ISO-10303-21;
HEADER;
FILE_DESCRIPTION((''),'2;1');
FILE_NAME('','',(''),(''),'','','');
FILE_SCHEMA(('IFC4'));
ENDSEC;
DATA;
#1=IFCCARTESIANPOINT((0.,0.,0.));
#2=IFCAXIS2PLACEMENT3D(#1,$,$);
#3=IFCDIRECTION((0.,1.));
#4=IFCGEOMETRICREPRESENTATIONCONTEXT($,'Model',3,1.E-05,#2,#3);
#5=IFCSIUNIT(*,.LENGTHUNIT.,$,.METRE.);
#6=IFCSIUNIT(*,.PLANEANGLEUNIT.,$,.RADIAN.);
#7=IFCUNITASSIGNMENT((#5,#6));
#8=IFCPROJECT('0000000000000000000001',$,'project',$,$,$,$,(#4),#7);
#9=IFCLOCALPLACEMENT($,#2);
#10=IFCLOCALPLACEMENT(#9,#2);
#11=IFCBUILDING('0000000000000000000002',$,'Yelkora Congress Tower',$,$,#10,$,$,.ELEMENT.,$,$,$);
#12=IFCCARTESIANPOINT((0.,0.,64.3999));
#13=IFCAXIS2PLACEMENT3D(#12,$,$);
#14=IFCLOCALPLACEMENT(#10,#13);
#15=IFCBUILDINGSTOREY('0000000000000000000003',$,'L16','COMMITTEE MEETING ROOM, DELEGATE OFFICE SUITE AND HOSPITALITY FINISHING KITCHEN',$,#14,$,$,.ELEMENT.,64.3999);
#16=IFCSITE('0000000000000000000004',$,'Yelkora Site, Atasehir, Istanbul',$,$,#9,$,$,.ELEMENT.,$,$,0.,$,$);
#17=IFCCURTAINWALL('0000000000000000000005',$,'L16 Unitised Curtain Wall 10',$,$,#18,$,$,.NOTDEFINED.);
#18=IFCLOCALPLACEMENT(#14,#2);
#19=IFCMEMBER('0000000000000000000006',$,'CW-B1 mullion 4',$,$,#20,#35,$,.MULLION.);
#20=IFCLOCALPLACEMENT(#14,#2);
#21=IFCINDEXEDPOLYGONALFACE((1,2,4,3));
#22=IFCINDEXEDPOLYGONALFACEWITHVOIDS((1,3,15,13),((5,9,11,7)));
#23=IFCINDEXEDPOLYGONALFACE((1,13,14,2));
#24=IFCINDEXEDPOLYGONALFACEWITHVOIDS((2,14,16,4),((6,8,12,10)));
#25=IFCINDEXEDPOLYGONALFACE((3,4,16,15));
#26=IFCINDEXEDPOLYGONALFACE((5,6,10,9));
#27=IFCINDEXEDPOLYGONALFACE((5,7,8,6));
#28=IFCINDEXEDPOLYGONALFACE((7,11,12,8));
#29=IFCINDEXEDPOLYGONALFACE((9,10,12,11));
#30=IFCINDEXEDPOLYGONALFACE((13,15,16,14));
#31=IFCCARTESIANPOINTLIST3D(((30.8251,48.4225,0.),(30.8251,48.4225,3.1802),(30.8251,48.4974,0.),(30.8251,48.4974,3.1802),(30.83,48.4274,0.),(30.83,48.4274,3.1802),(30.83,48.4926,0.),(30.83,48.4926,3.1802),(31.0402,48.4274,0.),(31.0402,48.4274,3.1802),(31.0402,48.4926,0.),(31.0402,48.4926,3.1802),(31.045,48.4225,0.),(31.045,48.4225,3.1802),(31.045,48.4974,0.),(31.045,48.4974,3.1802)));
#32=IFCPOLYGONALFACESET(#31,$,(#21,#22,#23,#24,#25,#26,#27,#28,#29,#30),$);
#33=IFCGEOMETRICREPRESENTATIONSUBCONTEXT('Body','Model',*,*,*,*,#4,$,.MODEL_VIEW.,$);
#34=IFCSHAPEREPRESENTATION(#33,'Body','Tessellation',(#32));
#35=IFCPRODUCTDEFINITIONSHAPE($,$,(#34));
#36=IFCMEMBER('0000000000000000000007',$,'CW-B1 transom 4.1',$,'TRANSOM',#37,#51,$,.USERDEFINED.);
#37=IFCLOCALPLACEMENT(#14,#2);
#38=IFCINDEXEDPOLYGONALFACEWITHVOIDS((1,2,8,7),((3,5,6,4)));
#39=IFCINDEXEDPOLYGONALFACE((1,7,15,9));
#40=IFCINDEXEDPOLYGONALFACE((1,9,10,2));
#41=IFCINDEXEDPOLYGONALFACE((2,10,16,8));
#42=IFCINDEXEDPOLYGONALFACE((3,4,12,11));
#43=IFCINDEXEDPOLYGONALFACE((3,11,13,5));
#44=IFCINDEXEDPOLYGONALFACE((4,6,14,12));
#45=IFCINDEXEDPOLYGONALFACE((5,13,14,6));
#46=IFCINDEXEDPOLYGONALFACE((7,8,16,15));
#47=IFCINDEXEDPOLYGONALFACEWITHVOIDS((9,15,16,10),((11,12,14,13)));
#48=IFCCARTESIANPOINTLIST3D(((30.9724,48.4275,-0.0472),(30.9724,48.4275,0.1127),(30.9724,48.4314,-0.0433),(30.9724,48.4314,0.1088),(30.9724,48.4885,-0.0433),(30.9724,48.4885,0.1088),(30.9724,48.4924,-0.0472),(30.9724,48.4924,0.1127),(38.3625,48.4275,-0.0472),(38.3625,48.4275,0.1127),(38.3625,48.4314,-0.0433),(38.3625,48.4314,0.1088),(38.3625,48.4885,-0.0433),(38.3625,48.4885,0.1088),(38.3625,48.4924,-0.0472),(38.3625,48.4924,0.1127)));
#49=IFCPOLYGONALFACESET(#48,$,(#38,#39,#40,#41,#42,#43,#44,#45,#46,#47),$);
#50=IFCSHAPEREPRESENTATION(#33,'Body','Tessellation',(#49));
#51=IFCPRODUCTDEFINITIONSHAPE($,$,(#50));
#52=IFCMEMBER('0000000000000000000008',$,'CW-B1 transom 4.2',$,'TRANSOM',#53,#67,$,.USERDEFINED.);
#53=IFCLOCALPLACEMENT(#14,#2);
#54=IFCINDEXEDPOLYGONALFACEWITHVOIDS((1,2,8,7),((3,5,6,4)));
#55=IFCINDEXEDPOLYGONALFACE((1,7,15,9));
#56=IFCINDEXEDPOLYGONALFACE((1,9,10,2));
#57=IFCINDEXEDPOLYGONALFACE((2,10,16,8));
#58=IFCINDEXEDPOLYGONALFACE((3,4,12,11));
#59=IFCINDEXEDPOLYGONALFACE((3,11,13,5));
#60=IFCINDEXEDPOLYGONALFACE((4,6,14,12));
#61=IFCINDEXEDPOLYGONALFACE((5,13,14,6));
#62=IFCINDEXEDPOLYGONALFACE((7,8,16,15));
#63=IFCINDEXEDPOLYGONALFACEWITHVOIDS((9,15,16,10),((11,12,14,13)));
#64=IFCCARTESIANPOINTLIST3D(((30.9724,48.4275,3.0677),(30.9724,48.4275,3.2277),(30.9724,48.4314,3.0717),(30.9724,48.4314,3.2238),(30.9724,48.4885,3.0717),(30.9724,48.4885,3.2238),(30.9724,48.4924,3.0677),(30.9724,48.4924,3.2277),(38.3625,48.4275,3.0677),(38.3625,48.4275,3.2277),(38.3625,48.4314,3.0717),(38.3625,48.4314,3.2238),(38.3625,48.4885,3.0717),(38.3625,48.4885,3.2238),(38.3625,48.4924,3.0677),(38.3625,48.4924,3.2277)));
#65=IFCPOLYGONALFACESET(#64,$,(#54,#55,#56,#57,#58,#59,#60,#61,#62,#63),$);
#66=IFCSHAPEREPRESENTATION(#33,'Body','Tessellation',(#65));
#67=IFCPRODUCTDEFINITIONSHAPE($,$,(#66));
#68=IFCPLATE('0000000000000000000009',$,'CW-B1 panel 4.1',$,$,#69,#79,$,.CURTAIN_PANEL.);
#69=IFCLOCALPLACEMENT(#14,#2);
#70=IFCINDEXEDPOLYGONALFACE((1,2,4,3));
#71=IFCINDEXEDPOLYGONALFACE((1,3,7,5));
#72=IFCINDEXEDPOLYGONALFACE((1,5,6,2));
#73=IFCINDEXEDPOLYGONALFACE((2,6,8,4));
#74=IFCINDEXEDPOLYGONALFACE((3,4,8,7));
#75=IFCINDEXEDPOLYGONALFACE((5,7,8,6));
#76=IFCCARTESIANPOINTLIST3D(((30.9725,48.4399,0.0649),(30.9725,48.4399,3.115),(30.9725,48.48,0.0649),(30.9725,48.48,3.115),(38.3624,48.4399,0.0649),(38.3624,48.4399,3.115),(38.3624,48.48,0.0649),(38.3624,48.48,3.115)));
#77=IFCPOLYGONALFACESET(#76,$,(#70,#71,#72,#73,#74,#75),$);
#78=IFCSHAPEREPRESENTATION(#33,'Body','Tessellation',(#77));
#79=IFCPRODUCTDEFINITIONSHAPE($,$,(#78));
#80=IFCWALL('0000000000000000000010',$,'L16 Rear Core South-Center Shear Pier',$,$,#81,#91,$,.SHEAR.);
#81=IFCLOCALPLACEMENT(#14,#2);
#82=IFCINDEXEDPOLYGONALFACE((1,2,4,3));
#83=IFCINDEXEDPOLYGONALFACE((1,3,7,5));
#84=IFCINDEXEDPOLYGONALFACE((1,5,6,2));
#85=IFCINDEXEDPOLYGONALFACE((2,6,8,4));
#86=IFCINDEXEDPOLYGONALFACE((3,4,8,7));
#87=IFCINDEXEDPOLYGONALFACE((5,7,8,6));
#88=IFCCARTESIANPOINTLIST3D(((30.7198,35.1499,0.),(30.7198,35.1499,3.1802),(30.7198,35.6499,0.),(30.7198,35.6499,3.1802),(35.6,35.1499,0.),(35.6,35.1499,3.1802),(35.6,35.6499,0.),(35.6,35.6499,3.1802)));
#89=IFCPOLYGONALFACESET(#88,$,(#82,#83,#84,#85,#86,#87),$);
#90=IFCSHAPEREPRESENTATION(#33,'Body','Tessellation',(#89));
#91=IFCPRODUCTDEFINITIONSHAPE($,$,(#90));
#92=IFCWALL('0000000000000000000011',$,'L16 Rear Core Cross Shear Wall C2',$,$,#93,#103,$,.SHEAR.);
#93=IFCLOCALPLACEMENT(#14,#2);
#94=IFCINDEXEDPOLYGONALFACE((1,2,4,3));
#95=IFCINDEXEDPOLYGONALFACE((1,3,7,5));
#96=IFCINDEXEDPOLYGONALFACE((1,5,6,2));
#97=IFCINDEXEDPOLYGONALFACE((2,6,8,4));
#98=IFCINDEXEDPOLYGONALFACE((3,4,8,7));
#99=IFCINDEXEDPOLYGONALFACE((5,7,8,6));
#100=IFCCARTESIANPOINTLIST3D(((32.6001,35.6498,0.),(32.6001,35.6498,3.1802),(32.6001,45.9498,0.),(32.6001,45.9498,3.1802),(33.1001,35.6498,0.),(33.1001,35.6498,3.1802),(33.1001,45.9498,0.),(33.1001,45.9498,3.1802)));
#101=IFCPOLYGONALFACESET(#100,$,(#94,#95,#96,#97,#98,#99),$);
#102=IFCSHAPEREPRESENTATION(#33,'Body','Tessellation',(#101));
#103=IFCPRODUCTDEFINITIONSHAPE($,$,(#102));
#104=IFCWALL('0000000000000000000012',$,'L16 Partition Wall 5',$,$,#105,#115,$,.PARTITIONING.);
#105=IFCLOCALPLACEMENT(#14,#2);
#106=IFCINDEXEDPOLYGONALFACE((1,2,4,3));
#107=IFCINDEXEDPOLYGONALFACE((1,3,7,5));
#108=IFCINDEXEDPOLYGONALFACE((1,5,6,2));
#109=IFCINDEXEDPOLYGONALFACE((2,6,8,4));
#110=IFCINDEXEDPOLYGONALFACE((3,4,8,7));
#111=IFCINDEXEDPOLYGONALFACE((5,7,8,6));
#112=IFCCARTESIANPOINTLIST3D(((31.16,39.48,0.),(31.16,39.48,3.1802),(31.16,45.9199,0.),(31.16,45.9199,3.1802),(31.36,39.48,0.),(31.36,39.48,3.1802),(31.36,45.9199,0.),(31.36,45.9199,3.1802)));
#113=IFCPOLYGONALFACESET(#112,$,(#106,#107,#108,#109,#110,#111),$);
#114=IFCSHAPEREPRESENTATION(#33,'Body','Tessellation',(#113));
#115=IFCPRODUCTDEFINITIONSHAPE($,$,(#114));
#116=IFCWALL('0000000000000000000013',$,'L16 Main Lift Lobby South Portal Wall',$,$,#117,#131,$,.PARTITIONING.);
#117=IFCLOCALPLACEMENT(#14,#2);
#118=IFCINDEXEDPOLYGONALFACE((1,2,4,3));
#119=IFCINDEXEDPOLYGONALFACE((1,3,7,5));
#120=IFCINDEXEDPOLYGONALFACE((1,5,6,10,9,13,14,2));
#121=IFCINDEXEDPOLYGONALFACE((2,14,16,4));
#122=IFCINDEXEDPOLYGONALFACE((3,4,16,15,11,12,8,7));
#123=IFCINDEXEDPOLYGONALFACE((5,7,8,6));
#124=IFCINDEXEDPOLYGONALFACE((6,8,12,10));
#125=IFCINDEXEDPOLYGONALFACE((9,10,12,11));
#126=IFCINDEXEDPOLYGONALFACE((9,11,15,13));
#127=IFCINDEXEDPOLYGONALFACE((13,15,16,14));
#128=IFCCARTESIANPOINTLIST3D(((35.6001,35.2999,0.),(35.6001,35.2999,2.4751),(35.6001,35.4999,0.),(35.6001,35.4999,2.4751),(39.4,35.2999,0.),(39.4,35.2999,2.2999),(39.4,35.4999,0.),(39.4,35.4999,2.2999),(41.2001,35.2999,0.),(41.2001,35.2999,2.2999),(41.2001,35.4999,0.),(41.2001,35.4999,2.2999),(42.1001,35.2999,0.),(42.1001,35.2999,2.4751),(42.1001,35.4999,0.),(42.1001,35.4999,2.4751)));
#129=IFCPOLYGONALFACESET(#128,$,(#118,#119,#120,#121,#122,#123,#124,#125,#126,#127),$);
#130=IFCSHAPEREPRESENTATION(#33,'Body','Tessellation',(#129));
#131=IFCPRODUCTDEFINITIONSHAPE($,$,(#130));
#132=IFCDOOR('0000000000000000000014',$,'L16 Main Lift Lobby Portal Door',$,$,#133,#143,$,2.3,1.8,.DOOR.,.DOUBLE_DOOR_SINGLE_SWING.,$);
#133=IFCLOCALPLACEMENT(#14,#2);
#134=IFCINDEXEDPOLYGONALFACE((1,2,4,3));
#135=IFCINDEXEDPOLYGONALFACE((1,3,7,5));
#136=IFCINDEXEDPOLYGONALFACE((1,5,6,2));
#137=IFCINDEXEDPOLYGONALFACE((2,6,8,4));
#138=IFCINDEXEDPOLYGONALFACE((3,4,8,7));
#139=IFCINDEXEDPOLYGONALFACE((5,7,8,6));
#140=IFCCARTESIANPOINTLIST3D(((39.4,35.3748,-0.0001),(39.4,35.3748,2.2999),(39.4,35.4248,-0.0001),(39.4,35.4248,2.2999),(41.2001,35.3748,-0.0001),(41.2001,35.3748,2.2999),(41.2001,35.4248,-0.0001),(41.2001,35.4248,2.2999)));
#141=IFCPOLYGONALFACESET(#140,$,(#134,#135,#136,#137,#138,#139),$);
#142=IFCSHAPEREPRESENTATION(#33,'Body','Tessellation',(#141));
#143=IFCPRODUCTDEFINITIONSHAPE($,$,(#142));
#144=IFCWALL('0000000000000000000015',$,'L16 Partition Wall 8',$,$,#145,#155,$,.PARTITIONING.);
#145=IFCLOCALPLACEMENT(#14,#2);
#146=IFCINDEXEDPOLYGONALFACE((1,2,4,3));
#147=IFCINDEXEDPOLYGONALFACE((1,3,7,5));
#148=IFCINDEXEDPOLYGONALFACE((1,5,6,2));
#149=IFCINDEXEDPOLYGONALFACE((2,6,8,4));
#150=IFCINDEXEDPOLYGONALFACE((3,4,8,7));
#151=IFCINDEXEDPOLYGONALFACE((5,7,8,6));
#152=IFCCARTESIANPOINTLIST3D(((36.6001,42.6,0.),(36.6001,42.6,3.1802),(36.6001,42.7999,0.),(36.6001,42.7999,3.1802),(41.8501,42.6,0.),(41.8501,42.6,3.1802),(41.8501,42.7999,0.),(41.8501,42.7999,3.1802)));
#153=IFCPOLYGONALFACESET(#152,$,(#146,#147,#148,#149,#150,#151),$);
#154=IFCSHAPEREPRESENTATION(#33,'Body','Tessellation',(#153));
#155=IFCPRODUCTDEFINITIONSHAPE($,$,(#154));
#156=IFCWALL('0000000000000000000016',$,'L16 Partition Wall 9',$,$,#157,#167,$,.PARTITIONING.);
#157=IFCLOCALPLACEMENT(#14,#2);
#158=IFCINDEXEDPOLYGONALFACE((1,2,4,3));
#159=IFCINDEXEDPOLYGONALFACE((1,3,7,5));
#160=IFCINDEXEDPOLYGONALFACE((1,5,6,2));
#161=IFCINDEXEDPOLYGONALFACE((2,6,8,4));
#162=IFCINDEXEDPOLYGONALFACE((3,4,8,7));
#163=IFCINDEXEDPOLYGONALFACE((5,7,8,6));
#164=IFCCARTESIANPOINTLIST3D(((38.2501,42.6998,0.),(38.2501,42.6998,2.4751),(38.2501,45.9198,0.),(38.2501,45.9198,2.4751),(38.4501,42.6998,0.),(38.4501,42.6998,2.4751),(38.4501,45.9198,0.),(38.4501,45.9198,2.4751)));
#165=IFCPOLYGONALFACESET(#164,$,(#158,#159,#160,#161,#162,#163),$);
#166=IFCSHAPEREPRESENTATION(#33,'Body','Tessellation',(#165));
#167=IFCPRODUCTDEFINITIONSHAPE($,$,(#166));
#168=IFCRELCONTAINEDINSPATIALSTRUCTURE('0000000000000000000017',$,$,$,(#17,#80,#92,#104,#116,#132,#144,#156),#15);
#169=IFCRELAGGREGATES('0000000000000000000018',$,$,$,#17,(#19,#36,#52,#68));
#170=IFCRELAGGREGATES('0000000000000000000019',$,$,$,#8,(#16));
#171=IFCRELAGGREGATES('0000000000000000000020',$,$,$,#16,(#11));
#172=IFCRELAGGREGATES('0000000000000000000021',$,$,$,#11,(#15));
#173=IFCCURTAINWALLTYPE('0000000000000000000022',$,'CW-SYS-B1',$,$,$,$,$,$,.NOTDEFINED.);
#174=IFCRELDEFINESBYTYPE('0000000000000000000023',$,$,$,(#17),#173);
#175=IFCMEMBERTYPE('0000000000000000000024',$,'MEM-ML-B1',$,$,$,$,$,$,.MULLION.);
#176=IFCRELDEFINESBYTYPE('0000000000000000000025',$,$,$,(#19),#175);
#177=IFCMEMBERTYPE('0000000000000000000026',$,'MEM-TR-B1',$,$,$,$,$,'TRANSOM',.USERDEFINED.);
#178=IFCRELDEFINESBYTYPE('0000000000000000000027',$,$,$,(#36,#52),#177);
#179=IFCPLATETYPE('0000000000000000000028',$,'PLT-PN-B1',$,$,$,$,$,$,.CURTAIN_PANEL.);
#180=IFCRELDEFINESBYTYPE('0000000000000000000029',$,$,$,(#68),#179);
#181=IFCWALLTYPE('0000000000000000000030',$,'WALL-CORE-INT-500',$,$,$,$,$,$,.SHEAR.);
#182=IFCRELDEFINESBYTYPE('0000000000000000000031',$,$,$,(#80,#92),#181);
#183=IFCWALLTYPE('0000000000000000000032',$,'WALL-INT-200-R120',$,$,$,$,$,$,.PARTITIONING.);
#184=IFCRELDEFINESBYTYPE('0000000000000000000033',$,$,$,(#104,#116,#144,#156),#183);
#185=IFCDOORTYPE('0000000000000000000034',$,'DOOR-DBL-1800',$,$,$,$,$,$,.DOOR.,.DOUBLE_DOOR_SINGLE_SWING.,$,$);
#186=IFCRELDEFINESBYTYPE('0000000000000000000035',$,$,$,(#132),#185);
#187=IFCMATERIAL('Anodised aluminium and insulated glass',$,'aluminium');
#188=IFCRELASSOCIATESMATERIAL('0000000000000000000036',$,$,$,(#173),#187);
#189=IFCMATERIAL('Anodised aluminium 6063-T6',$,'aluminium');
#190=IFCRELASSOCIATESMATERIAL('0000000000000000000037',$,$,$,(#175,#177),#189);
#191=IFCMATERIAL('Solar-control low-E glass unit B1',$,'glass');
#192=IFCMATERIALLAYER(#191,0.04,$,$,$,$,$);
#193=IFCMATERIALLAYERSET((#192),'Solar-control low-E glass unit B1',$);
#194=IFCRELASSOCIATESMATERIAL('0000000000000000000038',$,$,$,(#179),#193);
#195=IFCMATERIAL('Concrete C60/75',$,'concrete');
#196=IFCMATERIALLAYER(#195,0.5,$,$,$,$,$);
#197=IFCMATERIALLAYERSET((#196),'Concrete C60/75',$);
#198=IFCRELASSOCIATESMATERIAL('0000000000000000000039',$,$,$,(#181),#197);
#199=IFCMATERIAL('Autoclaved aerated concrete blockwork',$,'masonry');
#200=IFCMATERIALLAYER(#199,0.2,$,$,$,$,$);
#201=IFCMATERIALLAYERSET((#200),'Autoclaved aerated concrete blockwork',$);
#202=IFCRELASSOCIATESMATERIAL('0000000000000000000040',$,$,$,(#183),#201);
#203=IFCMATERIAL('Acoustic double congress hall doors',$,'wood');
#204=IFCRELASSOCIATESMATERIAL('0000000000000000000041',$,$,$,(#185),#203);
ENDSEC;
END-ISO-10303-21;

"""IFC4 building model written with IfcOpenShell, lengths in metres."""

from ifc_helpers import new_model, si_unit, direction, frame, frame_2d, origin, origin_2d, place, context, subcontext, project, spatial, rectangle, hollow_rectangle, extrude, material, layer, layer_set, material_profile, profile_set, type_object, element, fill, aggregate, save


model = new_model("IFC4")

# Units and contexts
model_context = context("Model", 3, precision=1e-05, world=origin(), true_north=direction((0.0, 1.0)))
body_context = subcontext(model_context, "Body", "Model", "MODEL_VIEW")
ifc_project = project(units=[si_unit("LENGTHUNIT", "METRE"), si_unit("PLANEANGLEUNIT", "RADIAN")], contexts=[model_context])

# Site, building, storey
site_placement = place(None, origin())
site = spatial("IfcSite", under=ifc_project, at=site_placement, Name="Yelkora Site, Atasehir, Istanbul", CompositionType="ELEMENT", RefElevation=0.0)
building_placement = place(site_placement, origin())
building = spatial("IfcBuilding", under=site, at=building_placement, Name="Yelkora Congress Tower", CompositionType="ELEMENT")
storey_placement = place(building_placement, frame((0.0, 0.0, 64.3999)))
storey = spatial("IfcBuildingStorey", under=building, at=storey_placement, Name="L16", Description="COMMITTEE MEETING ROOM, DELEGATE OFFICE SUITE AND HOSPITALITY FINISHING KITCHEN", CompositionType="ELEMENT", Elevation=64.3999)

# Shared definitions
ifc_material_1 = material(Name="Concrete C60/75", Category="concrete")

# Curtain wall, members, plate
ifc_material_2 = material(Name="Anodised aluminium and insulated glass", Category="aluminium")
curtain_wall_type = type_object("IfcCurtainWallType", Name="CW-SYS-B1", PredefinedType="NOTDEFINED", material=ifc_material_2)
curtain_wall_placement = place(storey_placement, origin())
curtain_wall = element("IfcCurtainWall", 1, at=curtain_wall_placement, inside=storey, type_object=curtain_wall_type, Name="L16 Unitised Curtain Wall 10", PredefinedType="NOTDEFINED")
ifc_material_3 = material(Name="Anodised aluminium 6063-T6", Category="aluminium")
ifc_material_profile_1 = material_profile(ifc_material_3, hollow_rectangle(XDim=0.075, YDim=0.22, WallThickness=0.0049, at=origin_2d()), Name="ALU 75x220x5")
ifc_profile_set_1 = profile_set([ifc_material_profile_1], Name="Anodised aluminium 6063-T6")
member_type_1 = type_object("IfcMemberType", Name="MEM-ML-B1", PredefinedType="MULLION", material=ifc_profile_set_1)
member_1_placement = place(storey_placement, frame((30.9351, 48.46, 0.0), z_axis=(0.0, 0.0, 1.0), x_axis=(0.0, 1.0, 0.0)))
member_1 = element("IfcMember", 2, at=member_1_placement, type_object=member_type_1, Name="CW-B1 mullion 4", PredefinedType="MULLION", context=body_context, shape_type="SweptSolid", body=[
    extrude(hollow_rectangle(XDim=0.075, YDim=0.22, WallThickness=0.0049, at=origin_2d()), origin(), (0.0, 0.0, 1.0), 3.1802),
])
ifc_material_profile_2 = material_profile(ifc_material_3, hollow_rectangle(XDim=0.0649, YDim=0.1599, WallThickness=0.0039, at=origin_2d()), Name="ALU 65x160x4")
ifc_profile_set_2 = profile_set([ifc_material_profile_2], Name="Anodised aluminium 6063-T6")
member_type_2 = type_object("IfcMemberType", Name="MEM-TR-B1", ElementType="TRANSOM", PredefinedType="USERDEFINED", material=ifc_profile_set_2)
member_2_placement = place(storey_placement, frame((30.9724, 48.46, 0.0327), z_axis=(1.0, 0.0, 0.0), x_axis=(0.0, 1.0, 0.0)))
member_2 = element("IfcMember", 3, at=member_2_placement, type_object=member_type_2, Name="CW-B1 transom 4.1", ObjectType="TRANSOM", PredefinedType="USERDEFINED", context=body_context, shape_type="SweptSolid", body=[
    extrude(hollow_rectangle(XDim=0.0649, YDim=0.1599, WallThickness=0.0039, at=origin_2d()), origin(), (0.0, 0.0, 1.0), 7.3901),
])
member_3_placement = place(storey_placement, frame((30.9724, 48.46, 3.1477), z_axis=(1.0, 0.0, 0.0), x_axis=(0.0, 1.0, 0.0)))
member_3 = element("IfcMember", 4, at=member_3_placement, type_object=member_type_2, Name="CW-B1 transom 4.2", ObjectType="TRANSOM", PredefinedType="USERDEFINED", context=body_context, shape_type="SweptSolid", body=[
    extrude(hollow_rectangle(XDim=0.0649, YDim=0.1599, WallThickness=0.0039, at=origin_2d()), origin(), (0.0, 0.0, 1.0), 7.3901),
])
ifc_material_4 = material(Name="Solar-control low-E glass unit B1", Category="glass")
ifc_layer_1 = layer(ifc_material_4, 0.04)
ifc_layer_set_1 = layer_set([ifc_layer_1], Name="Solar-control low-E glass unit B1")
plate_type = type_object("IfcPlateType", Name="PLT-PN-B1", PredefinedType="CURTAIN_PANEL", material=ifc_layer_set_1)
plate_placement = place(storey_placement, frame((34.6675, 48.46, 0.0649), z_axis=(0.0, 0.0, 1.0), x_axis=(1.0, 0.0, 0.0)))
plate = element("IfcPlate", 5, at=plate_placement, type_object=plate_type, Name="CW-B1 panel 4.1", PredefinedType="CURTAIN_PANEL", context=body_context, shape_type="SweptSolid", body=[
    extrude(rectangle(XDim=7.3899, YDim=0.04, at=origin_2d()), origin(), (0.0, 0.0, 1.0), 3.05),
])
aggregate(curtain_wall, [member_1, member_2, member_3, plate])

# Walls
ifc_layer_2 = layer(ifc_material_1, 0.5)
ifc_layer_set_2 = layer_set([ifc_layer_2], Name="Concrete C60/75")
wall_type_1 = type_object("IfcWallType", Name="WALL-CORE-INT-500", PredefinedType="SHEAR", material=ifc_layer_set_2)
wall_1_placement = place(storey_placement, frame((30.72, 35.3999, 0.0), z_axis=(0.0, 0.0, 1.0), x_axis=(1.0, 0.0, 0.0)))
element("IfcWall", 6, at=wall_1_placement, inside=storey, type_object=wall_type_1, Name="L16 Rear Core South-Center Shear Pier", PredefinedType="SHEAR", context=body_context, shape_type="SweptSolid", body=[
    extrude(rectangle(XDim=4.8801, YDim=0.5, at=frame_2d((2.4399, 0.0))), origin(), (0.0, 0.0, 1.0), 3.1802),
])
wall_2_placement = place(storey_placement, frame((32.8501, 35.6499, 0.0), z_axis=(0.0, 0.0, 1.0), x_axis=(0.0, 1.0, 0.0)))
element("IfcWall", 7, at=wall_2_placement, inside=storey, type_object=wall_type_1, Name="L16 Rear Core Cross Shear Wall C2", PredefinedType="SHEAR", context=body_context, shape_type="SweptSolid", body=[
    extrude(rectangle(XDim=10.3, YDim=0.5, at=frame_2d((5.1499, 0.0))), origin(), (0.0, 0.0, 1.0), 3.1802),
])
ifc_material_5 = material(Name="Autoclaved aerated concrete blockwork", Category="masonry")
ifc_layer_3 = layer(ifc_material_5, 0.2)
ifc_layer_set_3 = layer_set([ifc_layer_3], Name="Autoclaved aerated concrete blockwork")
wall_type_2 = type_object("IfcWallType", Name="WALL-INT-200-R120", PredefinedType="PARTITIONING", material=ifc_layer_set_3)
wall_3_placement = place(storey_placement, frame((31.26, 39.48, 0.0), z_axis=(0.0, 0.0, 1.0), x_axis=(0.0, 1.0, 0.0)))
element("IfcWall", 8, at=wall_3_placement, inside=storey, type_object=wall_type_2, Name="L16 Partition Wall 5", PredefinedType="PARTITIONING", context=body_context, shape_type="SweptSolid", body=[
    extrude(rectangle(XDim=6.4399, YDim=0.2, at=frame_2d((3.22, 0.0))), origin(), (0.0, 0.0, 1.0), 3.1802),
])

# Wall, opening, door
wall_4_placement = place(storey_placement, frame((35.6001, 35.3999, 0.0), z_axis=(0.0, 0.0, 1.0), x_axis=(1.0, 0.0, 0.0)))
wall_4 = element("IfcWall", 9, at=wall_4_placement, inside=storey, type_object=wall_type_2, Name="L16 Main Lift Lobby South Portal Wall", PredefinedType="PARTITIONING", context=body_context, shape_type="SweptSolid", body=[
    extrude(rectangle(XDim=6.5, YDim=0.2, at=frame_2d((3.25, 0.0))), origin(), (0.0, 0.0, 1.0), 2.4751),
])
opening_1_placement = place(wall_4_placement, frame((3.8, 0.0, 0.0)))
opening_1 = element("IfcOpeningElement", 10, at=opening_1_placement, cuts=wall_4, PredefinedType="OPENING", context=body_context, shape_type="SweptSolid", body=[
    extrude(rectangle(XDim=1.8, YDim=2.3, at=frame_2d((0.8999, 1.1499))), frame((0.0, 0.1099, 0.0), z_axis=(0.0, -1.0, 0.0), x_axis=(1.0, 0.0, 0.0)), (0.0, 0.0, 1.0), 0.22),
])
ifc_material_6 = material(Name="Acoustic double congress hall doors", Category="wood")
door_type_1 = type_object("IfcDoorType", Name="DOOR-DBL-1800", OperationType="DOUBLE_DOOR_SINGLE_SWING", PredefinedType="DOOR", material=ifc_material_6)
door_1_placement = place(opening_1_placement, origin())
door_1 = element("IfcDoor", 11, at=door_1_placement, inside=storey, type_object=door_type_1, Name="L16 Main Lift Lobby Portal Door", OperationType="DOUBLE_DOOR_SINGLE_SWING", OverallHeight=2.3, OverallWidth=1.8, PredefinedType="DOOR", context=body_context, shape_type="SweptSolid", body=[
    extrude(rectangle(XDim=1.8, YDim=2.3, at=frame_2d((0.8999, 1.1499))), frame((0.0, 0.0249, 0.0), z_axis=(0.0, -1.0, 0.0), x_axis=(1.0, 0.0, 0.0)), (0.0, 0.0, 1.0), 0.05),
])
fill(opening_1, door_1)

# Walls
wall_5_placement = place(storey_placement, frame((36.6001, 42.7, 0.0), z_axis=(0.0, 0.0, 1.0), x_axis=(1.0, 0.0, 0.0)))
element("IfcWall", 12, at=wall_5_placement, inside=storey, type_object=wall_type_2, Name="L16 Partition Wall 8", PredefinedType="PARTITIONING", context=body_context, shape_type="SweptSolid", body=[
    extrude(rectangle(XDim=5.25, YDim=0.2, at=frame_2d((2.625, 0.0))), origin(), (0.0, 0.0, 1.0), 3.1802),
])
wall_6_placement = place(storey_placement, frame((38.3501, 42.7, 0.0), z_axis=(0.0, 0.0, 1.0), x_axis=(0.0, 1.0, 0.0)))
element("IfcWall", 13, at=wall_6_placement, inside=storey, type_object=wall_type_2, Name="L16 Partition Wall 9", PredefinedType="PARTITIONING", context=body_context, shape_type="SweptSolid", body=[
    extrude(rectangle(XDim=3.22, YDim=0.2, at=frame_2d((1.6099, 0.0))), origin(), (0.0, 0.0, 1.0), 2.4751),
])

save(model, "model.ifc")
